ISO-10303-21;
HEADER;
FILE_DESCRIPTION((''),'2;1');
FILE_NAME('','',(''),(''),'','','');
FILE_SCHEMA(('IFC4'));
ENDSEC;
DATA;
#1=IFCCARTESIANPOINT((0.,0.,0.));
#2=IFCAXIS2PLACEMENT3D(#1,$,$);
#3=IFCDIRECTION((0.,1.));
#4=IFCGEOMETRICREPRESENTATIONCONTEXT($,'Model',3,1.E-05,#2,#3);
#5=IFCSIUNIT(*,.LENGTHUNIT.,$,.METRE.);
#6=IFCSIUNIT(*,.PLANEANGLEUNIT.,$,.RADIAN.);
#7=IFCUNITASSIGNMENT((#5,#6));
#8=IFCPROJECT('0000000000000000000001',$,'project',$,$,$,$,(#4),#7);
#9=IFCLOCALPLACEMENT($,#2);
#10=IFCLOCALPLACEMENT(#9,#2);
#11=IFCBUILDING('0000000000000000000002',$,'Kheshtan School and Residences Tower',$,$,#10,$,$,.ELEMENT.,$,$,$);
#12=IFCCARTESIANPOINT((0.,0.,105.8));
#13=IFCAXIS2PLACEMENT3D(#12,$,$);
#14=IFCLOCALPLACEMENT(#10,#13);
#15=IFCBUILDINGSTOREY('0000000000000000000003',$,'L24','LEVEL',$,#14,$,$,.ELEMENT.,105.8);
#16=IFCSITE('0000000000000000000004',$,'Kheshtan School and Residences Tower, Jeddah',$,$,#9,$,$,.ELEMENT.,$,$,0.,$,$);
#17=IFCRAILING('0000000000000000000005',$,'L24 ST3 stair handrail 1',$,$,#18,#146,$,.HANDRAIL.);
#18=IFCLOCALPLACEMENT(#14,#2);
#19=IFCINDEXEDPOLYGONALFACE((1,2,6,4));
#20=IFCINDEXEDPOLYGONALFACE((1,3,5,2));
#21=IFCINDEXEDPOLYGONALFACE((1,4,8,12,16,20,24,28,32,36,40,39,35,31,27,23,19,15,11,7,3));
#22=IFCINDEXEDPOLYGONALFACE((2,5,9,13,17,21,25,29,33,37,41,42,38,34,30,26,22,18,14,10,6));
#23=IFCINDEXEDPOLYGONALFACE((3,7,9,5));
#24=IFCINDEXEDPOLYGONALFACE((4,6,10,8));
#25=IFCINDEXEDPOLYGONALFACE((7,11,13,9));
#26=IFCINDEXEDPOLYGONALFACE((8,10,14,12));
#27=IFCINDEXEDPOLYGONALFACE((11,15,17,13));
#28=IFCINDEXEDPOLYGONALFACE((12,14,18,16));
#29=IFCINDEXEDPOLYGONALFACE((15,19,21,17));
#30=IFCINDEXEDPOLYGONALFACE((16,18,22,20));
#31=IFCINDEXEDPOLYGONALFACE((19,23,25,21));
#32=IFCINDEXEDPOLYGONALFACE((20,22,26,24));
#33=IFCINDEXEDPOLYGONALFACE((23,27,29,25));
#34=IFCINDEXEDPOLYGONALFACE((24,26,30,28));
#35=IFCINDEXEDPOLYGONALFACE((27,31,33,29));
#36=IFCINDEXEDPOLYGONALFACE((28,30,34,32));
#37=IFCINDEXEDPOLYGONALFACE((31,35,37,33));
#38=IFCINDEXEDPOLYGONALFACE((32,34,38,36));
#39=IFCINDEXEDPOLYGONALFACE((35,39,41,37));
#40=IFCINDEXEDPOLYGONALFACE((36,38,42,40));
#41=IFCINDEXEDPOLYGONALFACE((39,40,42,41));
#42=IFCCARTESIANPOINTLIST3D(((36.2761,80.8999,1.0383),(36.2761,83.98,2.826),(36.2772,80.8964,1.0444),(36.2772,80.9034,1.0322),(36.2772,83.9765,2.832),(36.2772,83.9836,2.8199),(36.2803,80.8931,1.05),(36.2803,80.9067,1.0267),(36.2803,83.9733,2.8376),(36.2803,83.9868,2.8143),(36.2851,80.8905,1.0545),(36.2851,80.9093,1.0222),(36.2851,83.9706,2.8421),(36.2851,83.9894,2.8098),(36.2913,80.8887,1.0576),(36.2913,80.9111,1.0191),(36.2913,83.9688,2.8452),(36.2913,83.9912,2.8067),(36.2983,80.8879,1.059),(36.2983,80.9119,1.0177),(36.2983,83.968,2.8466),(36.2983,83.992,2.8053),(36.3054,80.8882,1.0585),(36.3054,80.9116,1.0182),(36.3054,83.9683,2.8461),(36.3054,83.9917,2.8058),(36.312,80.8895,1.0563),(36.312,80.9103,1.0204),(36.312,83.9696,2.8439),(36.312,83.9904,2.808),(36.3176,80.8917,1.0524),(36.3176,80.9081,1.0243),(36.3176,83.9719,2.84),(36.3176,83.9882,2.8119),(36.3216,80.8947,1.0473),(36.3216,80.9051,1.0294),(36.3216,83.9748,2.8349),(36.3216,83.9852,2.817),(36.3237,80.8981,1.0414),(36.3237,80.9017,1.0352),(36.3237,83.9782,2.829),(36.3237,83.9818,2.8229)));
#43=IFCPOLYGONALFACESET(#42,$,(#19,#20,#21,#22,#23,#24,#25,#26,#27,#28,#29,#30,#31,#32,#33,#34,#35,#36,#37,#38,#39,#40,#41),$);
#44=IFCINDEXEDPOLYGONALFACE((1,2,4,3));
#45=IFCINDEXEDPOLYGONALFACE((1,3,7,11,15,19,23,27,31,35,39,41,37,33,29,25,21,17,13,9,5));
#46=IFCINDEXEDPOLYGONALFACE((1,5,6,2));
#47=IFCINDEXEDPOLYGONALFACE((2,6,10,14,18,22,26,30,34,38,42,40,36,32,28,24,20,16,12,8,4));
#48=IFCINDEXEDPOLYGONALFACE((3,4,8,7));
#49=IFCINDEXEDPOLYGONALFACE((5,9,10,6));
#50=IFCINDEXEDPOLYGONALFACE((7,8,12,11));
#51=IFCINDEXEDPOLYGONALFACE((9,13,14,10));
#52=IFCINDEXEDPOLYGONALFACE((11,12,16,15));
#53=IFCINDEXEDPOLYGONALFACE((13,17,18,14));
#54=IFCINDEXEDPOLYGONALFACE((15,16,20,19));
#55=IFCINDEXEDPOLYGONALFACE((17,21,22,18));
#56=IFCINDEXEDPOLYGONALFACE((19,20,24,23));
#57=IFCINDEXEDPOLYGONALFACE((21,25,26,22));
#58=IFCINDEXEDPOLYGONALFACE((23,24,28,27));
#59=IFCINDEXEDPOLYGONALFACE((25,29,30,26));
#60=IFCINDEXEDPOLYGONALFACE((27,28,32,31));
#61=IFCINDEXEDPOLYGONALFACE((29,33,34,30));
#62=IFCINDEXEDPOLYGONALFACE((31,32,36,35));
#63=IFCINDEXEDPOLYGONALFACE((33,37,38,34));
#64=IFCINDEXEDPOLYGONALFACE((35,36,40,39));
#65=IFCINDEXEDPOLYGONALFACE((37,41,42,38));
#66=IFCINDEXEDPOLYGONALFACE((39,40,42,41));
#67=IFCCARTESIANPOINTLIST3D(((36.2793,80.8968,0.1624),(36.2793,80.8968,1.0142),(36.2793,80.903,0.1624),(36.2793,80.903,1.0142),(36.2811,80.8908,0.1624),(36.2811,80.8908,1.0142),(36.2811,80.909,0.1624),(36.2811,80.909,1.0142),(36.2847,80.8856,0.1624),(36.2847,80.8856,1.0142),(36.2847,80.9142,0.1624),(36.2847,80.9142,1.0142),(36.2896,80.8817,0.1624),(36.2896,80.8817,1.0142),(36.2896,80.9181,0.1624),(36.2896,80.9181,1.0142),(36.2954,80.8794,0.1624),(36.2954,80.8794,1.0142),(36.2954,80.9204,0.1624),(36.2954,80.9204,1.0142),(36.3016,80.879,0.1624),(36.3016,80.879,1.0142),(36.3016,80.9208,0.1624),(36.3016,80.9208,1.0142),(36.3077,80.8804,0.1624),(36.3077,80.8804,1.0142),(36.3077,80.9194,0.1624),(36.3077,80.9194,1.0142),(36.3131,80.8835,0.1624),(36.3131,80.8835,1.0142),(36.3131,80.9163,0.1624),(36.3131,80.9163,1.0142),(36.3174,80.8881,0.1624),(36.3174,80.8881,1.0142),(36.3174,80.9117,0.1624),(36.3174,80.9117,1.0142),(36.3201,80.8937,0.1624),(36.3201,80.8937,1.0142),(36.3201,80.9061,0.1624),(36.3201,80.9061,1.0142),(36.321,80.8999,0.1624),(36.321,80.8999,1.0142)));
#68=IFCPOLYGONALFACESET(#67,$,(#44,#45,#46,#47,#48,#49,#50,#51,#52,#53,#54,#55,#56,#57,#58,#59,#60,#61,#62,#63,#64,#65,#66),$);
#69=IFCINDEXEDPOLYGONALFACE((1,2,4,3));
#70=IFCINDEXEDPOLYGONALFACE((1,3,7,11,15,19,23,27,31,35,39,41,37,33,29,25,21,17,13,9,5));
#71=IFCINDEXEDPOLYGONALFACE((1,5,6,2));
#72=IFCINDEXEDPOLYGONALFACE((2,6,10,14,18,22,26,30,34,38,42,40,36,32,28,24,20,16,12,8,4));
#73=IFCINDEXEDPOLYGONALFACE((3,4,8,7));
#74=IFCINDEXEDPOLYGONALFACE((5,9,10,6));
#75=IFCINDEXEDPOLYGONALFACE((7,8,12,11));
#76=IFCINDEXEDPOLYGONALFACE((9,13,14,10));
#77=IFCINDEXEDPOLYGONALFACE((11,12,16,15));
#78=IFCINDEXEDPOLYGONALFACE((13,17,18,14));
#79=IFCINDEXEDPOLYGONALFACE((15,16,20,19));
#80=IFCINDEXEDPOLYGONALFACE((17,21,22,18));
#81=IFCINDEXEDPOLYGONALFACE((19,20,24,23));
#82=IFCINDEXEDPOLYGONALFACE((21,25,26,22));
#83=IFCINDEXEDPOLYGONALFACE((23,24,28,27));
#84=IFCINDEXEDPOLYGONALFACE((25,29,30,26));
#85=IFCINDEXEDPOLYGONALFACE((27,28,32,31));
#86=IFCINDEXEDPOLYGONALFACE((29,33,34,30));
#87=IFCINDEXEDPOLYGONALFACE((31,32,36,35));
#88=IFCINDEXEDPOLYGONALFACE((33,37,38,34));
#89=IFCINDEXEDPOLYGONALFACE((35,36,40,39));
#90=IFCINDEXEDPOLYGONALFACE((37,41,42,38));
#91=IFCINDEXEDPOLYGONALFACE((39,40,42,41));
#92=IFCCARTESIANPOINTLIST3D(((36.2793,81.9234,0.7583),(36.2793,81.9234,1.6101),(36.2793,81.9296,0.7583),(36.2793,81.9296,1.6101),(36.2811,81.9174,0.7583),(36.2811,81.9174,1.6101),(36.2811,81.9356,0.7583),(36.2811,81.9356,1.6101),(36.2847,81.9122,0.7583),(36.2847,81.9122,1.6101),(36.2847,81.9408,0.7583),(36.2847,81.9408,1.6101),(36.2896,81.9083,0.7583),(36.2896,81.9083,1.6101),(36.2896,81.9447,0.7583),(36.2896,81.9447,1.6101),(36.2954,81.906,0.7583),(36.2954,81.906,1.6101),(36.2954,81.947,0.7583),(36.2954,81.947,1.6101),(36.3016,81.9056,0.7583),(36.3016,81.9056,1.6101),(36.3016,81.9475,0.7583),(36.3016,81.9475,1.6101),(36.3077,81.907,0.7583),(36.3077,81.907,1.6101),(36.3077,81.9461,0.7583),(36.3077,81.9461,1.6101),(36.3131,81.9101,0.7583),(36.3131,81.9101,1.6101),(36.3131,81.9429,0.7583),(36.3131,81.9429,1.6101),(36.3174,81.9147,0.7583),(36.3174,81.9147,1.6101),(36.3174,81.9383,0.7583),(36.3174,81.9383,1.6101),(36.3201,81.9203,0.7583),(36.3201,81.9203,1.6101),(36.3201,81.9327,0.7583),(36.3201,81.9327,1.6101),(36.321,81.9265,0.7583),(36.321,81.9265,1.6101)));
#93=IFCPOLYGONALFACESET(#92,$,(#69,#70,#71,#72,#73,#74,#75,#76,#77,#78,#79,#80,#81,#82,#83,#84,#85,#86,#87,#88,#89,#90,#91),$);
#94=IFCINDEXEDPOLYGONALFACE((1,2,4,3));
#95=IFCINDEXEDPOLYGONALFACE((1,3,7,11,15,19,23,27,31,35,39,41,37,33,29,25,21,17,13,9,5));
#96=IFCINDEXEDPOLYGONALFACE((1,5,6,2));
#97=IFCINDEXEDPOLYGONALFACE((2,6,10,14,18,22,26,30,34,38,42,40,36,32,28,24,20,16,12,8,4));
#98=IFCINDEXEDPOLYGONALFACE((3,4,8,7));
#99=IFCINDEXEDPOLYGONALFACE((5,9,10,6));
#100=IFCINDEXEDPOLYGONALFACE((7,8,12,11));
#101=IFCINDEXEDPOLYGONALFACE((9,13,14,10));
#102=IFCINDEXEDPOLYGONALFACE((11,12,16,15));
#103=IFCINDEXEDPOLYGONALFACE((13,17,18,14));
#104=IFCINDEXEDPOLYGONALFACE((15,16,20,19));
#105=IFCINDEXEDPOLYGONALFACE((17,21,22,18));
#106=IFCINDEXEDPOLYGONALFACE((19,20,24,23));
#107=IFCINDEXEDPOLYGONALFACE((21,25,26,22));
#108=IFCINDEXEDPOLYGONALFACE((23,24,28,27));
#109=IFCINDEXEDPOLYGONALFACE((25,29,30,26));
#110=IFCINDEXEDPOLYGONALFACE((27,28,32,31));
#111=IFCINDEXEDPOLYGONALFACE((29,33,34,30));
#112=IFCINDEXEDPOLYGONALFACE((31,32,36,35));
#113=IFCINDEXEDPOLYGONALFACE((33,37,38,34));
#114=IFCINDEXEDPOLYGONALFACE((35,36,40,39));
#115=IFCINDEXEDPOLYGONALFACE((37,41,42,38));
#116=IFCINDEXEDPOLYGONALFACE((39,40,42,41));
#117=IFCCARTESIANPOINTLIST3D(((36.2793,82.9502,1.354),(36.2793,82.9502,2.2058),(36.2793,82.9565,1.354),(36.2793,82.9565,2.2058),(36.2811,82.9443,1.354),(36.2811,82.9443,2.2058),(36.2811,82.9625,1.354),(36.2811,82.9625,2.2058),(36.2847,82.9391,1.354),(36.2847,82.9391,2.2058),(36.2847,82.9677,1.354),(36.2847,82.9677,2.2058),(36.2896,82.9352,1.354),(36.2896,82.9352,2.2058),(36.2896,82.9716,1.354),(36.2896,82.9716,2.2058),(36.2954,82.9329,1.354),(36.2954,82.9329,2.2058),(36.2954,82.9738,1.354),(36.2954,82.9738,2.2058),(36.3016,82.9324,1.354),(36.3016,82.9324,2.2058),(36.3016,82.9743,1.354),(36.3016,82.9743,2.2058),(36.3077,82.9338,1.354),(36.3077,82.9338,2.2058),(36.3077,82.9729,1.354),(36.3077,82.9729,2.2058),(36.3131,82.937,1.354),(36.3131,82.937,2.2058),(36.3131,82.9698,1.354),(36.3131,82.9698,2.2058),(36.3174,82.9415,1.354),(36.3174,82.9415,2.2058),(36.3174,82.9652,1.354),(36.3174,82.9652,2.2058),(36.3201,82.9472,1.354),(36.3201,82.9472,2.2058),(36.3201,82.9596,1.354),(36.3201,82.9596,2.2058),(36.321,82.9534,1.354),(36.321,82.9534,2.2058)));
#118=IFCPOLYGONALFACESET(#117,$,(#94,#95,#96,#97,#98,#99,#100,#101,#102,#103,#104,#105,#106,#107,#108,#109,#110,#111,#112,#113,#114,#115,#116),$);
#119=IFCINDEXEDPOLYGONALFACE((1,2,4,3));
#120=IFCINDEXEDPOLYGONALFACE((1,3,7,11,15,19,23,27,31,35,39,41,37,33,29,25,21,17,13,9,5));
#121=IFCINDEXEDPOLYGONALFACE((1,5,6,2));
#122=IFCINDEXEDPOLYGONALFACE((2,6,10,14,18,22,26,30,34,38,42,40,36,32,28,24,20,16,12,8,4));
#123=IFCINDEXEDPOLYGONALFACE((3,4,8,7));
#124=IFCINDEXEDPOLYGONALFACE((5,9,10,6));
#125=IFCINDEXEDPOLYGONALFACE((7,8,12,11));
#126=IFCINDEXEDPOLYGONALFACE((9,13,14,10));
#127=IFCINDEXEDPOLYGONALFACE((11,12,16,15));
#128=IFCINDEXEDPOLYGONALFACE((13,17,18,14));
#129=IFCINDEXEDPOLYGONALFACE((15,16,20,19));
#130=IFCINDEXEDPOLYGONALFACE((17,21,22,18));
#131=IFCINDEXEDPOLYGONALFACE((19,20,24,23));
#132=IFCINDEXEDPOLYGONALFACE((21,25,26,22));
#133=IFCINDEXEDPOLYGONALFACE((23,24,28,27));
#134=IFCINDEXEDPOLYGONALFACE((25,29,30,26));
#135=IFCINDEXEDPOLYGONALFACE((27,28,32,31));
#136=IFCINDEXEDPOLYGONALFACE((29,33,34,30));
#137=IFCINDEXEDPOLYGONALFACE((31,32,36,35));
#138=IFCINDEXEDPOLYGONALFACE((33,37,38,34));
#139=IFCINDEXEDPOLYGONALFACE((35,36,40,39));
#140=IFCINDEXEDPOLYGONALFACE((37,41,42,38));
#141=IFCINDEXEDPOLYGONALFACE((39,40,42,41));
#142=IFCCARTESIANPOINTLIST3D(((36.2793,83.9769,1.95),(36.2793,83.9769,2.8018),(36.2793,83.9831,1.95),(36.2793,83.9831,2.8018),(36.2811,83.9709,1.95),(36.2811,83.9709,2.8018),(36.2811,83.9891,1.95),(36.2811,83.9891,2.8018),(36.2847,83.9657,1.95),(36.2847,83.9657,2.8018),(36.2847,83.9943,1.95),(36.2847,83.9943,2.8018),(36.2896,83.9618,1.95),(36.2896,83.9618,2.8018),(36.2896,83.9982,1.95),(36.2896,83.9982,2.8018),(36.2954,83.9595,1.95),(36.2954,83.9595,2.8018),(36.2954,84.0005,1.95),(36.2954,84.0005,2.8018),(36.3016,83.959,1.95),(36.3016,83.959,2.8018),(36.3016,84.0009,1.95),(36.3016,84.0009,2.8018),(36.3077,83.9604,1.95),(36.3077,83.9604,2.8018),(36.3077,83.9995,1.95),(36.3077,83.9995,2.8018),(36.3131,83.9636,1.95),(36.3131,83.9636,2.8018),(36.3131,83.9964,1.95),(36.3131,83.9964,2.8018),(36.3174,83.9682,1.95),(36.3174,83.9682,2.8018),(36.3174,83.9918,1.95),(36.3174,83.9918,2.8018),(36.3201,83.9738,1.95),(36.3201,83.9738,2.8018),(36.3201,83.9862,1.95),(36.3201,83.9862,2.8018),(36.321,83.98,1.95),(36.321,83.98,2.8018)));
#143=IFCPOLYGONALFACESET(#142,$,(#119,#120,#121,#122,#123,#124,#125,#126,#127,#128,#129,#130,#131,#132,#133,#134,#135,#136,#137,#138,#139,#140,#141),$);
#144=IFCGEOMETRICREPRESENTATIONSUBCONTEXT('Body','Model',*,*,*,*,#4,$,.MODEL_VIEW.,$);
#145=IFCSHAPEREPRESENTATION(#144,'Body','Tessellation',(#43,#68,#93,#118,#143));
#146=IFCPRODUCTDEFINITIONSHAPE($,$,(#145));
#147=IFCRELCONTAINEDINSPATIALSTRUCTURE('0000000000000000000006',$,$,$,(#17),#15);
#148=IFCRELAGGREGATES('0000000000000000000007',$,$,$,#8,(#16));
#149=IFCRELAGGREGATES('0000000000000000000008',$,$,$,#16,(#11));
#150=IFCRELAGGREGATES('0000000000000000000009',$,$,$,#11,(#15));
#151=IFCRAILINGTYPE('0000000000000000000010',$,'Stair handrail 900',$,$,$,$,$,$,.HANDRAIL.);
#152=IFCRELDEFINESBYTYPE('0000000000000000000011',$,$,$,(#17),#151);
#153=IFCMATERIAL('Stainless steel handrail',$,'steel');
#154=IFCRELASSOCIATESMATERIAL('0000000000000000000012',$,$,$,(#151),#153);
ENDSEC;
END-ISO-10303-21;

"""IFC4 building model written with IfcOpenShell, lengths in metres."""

from ifc_helpers import new_model, si_unit, direction, frame, origin, origin_2d, place, context, subcontext, project, spatial, circle, extrude, material, type_object, element, save


model = new_model("IFC4")

# Units and contexts
model_context = context("Model", 3, precision=1e-05, world=origin(), true_north=direction((0.0, 1.0)))
body_context = subcontext(model_context, "Body", "Model", "MODEL_VIEW")
ifc_project = project(units=[si_unit("LENGTHUNIT", "METRE"), si_unit("PLANEANGLEUNIT", "RADIAN")], contexts=[model_context])

# Site, building, storey
site_placement = place(None, origin())
site = spatial("IfcSite", under=ifc_project, at=site_placement, Name="Kheshtan School and Residences Tower, Jeddah", CompositionType="ELEMENT", RefElevation=0.0)
building_placement = place(site_placement, origin())
building = spatial("IfcBuilding", under=site, at=building_placement, Name="Kheshtan School and Residences Tower", CompositionType="ELEMENT")
storey_placement = place(building_placement, frame((0.0, 0.0, 105.8)))
storey = spatial("IfcBuildingStorey", under=building, at=storey_placement, Name="L24", Description="LEVEL", CompositionType="ELEMENT", Elevation=105.8)

# Railing
ifc_material_1 = material(Name="Stainless steel handrail", Category="steel")
railing_type_1 = type_object("IfcRailingType", Name="Stair handrail 900", PredefinedType="HANDRAIL", material=ifc_material_1)
railing_1_placement = place(storey_placement, frame((36.3, 80.8999, 0.1624)))
element("IfcRailing", 1, at=railing_1_placement, inside=storey, type_object=railing_type_1, Name="L24 ST3 stair handrail 1", PredefinedType="HANDRAIL", context=body_context, shape_type="SweptSolid", body=[
    extrude(circle(Radius=0.0239, at=origin_2d()), frame((0.0, 0.0, 0.876), z_axis=(0.0, 0.864891, 0.50196), x_axis=(-1.0, 0.0, 0.0)), (0.0, 0.0, 1.0), 3.5613),
    extrude(circle(Radius=0.021, at=origin_2d()), origin(), (0.0, 0.0, 1.0), 0.8518),
    extrude(circle(Radius=0.021, at=origin_2d()), frame((0.0, 1.0266, 0.5959)), (0.0, 0.0, 1.0), 0.8518),
    extrude(circle(Radius=0.021, at=origin_2d()), frame((0.0, 2.0535, 1.1917)), (0.0, 0.0, 1.0), 0.8518),
    extrude(circle(Radius=0.021, at=origin_2d()), frame((0.0, 3.0801, 1.7876)), (0.0, 0.0, 1.0), 0.8518),
])

save(model, "model.ifc")
